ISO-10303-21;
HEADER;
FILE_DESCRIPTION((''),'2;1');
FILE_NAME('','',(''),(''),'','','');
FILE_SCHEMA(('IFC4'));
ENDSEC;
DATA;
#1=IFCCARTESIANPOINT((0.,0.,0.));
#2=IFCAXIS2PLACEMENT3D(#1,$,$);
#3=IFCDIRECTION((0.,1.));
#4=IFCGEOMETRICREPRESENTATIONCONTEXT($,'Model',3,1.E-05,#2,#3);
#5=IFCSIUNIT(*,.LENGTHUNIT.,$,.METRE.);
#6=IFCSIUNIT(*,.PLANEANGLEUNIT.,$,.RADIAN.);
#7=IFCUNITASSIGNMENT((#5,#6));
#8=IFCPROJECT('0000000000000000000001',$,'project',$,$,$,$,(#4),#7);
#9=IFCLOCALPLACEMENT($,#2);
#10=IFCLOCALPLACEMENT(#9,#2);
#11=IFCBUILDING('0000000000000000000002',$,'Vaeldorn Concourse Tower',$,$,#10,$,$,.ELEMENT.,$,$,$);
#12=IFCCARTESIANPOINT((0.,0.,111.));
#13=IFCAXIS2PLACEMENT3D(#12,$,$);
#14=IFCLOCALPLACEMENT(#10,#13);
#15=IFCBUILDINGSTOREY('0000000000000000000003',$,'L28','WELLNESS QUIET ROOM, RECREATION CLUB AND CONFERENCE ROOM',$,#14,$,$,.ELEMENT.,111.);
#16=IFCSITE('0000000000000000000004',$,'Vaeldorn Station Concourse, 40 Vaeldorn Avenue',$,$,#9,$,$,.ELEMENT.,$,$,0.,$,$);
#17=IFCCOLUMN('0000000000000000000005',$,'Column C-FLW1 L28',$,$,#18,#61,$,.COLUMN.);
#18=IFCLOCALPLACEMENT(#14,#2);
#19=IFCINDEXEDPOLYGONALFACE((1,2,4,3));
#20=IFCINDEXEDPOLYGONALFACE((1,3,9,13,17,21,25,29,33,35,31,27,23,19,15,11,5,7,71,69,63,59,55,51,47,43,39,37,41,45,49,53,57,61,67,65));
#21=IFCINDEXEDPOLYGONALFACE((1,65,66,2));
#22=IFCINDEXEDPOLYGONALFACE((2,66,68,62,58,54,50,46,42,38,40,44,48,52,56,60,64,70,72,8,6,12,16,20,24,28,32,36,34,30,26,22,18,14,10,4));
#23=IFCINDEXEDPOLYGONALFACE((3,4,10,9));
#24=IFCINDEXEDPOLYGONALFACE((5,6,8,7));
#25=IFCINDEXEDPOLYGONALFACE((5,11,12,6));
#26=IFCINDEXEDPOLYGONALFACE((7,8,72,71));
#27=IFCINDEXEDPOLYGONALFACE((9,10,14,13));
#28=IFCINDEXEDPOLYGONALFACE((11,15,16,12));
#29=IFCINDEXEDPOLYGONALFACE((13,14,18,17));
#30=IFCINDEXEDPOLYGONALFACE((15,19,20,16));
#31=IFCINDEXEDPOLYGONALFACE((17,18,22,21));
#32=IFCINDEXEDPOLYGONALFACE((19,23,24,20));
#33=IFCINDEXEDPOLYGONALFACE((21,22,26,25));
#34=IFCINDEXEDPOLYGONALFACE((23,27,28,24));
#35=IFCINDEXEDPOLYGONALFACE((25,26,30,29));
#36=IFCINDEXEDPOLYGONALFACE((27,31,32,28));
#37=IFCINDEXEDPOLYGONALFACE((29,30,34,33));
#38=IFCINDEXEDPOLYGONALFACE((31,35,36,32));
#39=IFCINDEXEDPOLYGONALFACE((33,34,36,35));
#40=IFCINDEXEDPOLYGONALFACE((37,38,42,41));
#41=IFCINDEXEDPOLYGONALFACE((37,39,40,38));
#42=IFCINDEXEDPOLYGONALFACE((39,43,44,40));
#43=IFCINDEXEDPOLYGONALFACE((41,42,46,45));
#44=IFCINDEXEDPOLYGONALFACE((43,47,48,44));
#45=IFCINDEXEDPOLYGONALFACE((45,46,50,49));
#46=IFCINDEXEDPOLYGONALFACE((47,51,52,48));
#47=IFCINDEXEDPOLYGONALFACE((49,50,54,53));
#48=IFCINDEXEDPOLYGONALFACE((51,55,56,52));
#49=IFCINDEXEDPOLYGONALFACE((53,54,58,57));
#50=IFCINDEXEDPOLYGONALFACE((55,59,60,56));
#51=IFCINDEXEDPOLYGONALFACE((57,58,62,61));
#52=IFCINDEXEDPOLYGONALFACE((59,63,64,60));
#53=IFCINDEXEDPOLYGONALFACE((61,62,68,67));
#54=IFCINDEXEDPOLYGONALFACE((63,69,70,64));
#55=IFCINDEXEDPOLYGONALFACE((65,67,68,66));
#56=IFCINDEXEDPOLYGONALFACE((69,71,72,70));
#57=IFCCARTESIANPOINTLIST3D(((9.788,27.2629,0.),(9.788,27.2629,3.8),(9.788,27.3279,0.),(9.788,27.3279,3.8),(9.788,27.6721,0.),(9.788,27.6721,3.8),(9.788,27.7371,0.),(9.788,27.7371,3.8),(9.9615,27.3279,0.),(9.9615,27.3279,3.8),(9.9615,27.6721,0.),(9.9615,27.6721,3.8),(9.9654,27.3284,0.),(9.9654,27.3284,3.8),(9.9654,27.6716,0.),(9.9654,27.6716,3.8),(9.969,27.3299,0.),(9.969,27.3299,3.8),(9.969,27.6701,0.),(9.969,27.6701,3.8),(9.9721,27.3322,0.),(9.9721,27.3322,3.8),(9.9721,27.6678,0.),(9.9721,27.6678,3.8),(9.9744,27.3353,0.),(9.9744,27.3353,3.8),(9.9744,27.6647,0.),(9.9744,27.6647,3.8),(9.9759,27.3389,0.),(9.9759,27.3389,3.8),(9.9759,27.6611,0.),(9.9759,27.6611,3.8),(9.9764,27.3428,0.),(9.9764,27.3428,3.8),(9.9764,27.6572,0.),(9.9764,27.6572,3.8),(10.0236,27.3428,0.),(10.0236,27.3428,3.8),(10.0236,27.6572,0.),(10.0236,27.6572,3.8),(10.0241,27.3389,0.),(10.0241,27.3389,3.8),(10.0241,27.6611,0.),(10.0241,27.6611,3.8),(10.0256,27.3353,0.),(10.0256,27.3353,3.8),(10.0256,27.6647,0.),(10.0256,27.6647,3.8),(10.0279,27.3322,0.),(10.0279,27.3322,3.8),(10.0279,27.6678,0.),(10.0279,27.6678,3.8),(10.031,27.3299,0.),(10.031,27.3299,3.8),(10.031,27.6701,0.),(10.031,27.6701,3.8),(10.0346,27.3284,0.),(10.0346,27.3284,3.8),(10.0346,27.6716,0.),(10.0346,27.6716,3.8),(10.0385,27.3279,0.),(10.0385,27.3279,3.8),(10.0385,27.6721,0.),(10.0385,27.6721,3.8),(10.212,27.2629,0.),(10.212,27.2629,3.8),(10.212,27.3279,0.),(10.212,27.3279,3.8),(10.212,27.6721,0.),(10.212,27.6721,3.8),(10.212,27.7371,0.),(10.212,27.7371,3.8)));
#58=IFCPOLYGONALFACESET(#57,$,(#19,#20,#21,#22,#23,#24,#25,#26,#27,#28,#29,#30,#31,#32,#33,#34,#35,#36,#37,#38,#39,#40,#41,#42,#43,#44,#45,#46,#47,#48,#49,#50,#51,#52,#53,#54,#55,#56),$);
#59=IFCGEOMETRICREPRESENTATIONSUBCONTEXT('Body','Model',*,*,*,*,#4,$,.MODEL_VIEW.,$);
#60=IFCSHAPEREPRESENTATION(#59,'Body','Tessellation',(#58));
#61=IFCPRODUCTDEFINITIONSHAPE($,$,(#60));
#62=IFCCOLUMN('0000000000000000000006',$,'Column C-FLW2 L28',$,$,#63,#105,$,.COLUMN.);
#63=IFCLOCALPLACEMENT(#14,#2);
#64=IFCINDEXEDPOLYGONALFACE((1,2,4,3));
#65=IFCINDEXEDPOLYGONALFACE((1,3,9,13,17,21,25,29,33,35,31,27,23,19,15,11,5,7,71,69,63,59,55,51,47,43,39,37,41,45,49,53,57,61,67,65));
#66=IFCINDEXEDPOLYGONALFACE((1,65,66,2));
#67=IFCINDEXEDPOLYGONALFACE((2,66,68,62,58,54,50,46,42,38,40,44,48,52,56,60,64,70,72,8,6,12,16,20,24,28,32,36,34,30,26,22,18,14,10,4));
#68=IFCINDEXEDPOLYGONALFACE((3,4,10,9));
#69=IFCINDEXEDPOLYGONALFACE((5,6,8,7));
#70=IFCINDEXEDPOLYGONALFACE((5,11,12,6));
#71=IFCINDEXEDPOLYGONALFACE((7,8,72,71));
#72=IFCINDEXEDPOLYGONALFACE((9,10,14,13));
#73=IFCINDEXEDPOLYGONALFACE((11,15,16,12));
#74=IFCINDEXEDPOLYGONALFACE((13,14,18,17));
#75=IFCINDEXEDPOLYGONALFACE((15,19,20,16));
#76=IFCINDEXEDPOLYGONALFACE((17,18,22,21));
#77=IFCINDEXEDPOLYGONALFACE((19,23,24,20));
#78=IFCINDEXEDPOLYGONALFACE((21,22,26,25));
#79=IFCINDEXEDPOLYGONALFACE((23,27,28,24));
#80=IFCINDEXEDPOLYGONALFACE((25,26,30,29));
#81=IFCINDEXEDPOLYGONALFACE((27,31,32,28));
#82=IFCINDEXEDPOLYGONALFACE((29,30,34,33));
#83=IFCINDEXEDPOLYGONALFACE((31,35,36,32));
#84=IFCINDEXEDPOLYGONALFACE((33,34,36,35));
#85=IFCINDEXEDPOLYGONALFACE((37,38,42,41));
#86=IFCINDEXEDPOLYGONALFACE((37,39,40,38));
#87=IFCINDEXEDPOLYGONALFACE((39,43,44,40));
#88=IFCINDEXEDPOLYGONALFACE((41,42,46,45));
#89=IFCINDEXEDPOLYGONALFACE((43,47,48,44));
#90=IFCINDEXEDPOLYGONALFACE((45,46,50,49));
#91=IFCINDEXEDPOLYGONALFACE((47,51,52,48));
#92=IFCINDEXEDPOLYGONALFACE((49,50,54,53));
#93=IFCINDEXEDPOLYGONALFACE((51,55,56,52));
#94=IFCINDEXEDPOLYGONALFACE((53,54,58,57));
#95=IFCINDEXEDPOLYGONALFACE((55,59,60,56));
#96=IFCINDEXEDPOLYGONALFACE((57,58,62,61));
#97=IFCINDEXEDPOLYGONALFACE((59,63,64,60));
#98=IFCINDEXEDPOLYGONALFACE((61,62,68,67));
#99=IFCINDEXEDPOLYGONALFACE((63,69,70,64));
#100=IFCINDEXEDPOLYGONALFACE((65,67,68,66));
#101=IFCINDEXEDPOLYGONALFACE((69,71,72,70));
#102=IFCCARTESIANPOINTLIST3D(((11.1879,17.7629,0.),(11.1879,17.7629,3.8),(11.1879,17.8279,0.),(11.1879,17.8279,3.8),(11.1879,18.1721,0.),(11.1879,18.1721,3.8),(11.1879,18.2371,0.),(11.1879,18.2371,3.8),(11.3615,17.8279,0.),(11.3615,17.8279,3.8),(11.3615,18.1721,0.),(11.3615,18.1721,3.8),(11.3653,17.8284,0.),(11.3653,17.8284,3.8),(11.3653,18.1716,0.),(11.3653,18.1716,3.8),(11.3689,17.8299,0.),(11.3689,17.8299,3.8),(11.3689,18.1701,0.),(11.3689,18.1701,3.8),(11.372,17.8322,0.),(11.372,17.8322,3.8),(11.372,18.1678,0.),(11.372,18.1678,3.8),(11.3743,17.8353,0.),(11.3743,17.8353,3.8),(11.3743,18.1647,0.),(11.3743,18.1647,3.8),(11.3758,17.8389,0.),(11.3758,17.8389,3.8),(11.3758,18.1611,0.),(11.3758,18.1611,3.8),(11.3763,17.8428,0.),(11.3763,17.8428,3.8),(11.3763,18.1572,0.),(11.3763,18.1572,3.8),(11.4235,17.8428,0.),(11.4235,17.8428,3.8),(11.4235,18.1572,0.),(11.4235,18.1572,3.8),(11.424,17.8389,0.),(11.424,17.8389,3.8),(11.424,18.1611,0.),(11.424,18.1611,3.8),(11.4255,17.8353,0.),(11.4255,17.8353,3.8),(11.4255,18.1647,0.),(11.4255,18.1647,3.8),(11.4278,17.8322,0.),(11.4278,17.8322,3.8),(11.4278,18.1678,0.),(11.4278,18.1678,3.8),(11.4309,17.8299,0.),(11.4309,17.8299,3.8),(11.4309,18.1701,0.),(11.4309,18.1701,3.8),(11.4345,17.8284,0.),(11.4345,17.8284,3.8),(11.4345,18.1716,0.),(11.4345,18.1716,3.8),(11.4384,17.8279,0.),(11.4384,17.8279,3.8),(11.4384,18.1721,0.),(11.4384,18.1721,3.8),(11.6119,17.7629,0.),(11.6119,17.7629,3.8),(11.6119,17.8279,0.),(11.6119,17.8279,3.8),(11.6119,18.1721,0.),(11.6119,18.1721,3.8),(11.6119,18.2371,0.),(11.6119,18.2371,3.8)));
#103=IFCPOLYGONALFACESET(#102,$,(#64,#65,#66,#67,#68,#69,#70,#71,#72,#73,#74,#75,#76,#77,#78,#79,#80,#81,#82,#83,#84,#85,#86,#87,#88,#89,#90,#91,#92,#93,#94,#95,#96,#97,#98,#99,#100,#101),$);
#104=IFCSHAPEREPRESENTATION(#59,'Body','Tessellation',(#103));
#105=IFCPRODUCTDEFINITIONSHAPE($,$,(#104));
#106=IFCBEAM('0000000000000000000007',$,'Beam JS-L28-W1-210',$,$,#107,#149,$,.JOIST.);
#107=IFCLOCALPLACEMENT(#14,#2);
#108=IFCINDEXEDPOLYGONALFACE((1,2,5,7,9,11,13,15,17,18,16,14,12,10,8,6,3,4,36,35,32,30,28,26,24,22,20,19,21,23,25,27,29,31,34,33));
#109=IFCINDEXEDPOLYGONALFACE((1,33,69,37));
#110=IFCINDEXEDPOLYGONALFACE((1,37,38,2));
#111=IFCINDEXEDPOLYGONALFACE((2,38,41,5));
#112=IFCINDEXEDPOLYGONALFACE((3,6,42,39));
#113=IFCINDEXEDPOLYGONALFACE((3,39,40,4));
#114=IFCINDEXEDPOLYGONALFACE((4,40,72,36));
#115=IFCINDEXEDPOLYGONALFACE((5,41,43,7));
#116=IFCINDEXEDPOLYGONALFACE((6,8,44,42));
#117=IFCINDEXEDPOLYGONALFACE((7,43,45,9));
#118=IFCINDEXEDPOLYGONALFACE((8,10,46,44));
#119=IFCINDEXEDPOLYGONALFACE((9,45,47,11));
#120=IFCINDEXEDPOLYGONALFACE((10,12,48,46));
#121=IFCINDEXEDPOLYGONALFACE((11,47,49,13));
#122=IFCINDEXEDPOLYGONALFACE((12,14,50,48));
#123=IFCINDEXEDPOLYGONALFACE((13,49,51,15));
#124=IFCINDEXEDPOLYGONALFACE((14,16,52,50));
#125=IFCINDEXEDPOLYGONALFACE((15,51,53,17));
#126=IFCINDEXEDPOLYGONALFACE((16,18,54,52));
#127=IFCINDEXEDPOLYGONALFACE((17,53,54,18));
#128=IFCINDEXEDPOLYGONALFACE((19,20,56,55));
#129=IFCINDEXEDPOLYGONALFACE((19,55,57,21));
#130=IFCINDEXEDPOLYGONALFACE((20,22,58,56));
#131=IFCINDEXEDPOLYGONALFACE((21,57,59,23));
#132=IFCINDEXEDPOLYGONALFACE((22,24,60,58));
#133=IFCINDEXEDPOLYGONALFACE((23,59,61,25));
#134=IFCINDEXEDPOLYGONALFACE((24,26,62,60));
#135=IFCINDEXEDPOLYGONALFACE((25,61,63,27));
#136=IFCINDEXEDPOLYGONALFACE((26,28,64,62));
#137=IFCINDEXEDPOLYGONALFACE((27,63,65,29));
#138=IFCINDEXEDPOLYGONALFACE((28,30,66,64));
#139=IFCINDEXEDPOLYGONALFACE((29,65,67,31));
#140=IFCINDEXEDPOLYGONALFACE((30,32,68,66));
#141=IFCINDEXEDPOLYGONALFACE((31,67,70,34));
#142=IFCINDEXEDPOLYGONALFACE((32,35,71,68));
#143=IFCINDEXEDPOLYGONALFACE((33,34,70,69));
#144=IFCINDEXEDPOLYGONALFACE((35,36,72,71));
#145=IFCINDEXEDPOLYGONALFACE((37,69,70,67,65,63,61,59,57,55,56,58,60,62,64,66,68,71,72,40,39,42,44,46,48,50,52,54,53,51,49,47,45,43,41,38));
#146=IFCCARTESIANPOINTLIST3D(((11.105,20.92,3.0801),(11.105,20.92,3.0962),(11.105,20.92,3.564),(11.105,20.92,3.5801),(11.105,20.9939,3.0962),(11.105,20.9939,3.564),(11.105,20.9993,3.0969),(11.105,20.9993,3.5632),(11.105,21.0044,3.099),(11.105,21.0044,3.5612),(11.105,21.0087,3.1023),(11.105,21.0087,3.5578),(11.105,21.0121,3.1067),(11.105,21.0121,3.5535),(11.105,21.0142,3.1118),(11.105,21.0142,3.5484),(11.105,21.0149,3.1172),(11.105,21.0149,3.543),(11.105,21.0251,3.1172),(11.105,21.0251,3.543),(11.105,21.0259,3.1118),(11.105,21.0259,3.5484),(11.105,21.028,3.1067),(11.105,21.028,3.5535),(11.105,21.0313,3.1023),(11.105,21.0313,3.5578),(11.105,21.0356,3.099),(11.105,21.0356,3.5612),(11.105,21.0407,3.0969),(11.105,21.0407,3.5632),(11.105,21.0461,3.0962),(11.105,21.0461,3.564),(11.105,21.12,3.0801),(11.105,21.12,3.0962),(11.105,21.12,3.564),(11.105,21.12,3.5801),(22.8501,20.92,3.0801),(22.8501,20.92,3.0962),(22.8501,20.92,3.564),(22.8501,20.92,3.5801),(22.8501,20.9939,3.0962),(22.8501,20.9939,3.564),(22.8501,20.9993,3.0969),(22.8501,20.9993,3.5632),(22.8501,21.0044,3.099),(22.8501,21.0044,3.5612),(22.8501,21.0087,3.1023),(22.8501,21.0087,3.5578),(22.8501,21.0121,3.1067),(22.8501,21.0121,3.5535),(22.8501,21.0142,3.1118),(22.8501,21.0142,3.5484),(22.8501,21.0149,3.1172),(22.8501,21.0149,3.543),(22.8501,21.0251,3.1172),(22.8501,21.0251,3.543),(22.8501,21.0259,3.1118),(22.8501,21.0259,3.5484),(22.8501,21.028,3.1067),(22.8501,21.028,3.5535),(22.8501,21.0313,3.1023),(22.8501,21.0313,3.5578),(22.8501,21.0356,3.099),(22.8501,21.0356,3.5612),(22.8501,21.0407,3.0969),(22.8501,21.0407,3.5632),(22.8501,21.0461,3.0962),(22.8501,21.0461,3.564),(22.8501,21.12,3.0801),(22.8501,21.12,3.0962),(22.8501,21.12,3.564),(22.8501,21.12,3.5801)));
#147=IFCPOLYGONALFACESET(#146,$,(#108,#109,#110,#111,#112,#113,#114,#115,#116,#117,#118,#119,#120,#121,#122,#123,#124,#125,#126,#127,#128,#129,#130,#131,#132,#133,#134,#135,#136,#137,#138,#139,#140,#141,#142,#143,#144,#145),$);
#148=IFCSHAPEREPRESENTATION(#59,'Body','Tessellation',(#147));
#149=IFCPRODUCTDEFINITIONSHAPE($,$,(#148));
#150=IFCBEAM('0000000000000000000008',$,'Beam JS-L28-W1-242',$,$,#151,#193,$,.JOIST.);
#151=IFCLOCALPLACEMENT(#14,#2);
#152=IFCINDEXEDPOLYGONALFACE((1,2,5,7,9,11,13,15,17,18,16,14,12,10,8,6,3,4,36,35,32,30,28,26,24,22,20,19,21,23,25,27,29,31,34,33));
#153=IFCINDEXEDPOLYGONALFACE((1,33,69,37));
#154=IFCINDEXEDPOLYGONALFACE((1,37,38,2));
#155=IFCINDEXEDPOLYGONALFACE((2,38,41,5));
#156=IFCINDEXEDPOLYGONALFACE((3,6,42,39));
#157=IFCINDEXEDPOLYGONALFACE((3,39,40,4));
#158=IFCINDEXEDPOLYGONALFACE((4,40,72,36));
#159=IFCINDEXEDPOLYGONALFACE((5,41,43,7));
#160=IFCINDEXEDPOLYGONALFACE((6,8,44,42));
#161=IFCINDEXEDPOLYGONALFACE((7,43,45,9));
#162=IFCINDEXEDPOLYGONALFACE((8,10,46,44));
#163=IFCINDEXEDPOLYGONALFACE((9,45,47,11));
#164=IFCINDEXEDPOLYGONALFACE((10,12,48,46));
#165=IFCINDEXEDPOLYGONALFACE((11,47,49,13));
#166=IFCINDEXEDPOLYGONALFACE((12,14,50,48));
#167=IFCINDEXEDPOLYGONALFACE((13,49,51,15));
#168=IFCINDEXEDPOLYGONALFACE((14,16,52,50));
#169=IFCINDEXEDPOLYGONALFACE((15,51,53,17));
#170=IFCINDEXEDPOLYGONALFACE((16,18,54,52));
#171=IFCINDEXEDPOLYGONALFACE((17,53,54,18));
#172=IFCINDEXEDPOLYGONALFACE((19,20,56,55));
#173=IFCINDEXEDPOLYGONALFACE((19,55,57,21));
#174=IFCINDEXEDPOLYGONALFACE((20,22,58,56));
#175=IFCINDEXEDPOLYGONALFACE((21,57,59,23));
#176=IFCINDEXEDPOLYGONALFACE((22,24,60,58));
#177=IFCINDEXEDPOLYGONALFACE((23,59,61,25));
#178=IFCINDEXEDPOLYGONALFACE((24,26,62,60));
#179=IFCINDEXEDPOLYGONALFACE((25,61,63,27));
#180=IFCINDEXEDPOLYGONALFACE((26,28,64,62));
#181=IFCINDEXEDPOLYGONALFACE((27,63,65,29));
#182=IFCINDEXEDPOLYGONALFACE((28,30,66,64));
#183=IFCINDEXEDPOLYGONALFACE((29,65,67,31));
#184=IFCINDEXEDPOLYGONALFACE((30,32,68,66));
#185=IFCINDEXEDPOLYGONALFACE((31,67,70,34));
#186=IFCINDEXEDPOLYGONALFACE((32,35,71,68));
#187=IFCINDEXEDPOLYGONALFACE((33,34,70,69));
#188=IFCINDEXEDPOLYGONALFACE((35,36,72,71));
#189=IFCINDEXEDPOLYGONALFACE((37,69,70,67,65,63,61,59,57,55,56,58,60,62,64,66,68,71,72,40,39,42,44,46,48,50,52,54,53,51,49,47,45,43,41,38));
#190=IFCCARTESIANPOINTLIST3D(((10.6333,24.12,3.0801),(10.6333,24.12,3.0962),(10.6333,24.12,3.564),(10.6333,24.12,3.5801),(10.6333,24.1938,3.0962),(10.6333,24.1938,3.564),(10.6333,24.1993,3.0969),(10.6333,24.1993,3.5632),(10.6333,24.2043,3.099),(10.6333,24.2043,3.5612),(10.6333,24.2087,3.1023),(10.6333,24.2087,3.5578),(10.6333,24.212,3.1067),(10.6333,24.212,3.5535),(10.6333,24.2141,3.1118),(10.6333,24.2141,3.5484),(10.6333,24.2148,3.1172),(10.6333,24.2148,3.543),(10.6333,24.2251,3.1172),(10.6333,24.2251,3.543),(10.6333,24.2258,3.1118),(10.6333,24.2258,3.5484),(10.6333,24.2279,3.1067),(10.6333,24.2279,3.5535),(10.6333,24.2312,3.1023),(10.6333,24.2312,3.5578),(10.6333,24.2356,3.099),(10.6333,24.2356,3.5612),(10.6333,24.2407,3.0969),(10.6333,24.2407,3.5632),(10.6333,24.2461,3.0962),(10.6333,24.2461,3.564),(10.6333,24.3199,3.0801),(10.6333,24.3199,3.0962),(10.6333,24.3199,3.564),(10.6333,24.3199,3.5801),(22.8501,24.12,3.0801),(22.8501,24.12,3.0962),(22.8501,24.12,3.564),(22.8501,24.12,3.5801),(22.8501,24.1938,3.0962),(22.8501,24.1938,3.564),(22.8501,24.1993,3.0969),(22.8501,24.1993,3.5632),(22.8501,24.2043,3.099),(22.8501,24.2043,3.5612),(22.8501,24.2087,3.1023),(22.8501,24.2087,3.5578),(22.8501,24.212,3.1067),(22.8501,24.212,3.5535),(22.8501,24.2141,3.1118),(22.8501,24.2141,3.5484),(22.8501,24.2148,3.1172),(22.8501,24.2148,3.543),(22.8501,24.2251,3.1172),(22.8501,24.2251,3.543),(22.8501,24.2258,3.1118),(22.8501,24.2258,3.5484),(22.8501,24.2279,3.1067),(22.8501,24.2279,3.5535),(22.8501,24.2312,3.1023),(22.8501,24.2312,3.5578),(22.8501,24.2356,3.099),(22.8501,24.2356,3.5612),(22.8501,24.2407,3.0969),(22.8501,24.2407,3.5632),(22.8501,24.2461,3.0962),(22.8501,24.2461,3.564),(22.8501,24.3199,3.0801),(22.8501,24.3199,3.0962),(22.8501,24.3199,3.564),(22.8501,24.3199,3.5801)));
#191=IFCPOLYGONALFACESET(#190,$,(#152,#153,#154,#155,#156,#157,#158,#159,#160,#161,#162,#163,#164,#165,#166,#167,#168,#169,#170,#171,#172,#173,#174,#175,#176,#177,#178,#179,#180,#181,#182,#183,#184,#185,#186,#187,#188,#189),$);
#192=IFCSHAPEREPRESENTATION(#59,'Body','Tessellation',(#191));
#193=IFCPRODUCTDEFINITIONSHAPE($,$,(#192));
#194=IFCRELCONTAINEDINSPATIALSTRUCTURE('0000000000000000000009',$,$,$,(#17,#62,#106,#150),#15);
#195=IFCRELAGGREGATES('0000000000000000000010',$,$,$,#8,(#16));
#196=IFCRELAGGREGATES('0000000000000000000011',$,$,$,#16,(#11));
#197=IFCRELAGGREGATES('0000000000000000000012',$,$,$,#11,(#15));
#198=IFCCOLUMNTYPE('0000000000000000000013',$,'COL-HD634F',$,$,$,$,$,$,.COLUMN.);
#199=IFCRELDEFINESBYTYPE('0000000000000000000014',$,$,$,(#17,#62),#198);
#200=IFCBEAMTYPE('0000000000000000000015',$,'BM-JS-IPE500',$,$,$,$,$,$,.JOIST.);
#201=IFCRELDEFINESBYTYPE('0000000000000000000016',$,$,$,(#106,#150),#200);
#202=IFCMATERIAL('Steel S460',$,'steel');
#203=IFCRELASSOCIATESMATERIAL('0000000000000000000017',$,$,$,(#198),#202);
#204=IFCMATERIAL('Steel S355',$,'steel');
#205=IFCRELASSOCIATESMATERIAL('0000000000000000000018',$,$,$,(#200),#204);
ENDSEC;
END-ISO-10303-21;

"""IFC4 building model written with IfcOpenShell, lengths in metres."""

from ifc_helpers import new_model, si_unit, direction, frame, origin, origin_2d, place, context, subcontext, project, spatial, i_section, extrude, source, transform, mapped, material, material_profile, profile_set, type_object, element, save


model = new_model("IFC4")

# Units and contexts
model_context = context("Model", 3, precision=1e-05, world=origin(), true_north=direction((0.0, 1.0)))
body_context = subcontext(model_context, "Body", "Model", "MODEL_VIEW")
ifc_project = project(units=[si_unit("LENGTHUNIT", "METRE"), si_unit("PLANEANGLEUNIT", "RADIAN")], contexts=[model_context])

# Site, building, storey
site_placement = place(None, origin())
site = spatial("IfcSite", under=ifc_project, at=site_placement, Name="Vaeldorn Station Concourse, 40 Vaeldorn Avenue", CompositionType="ELEMENT", RefElevation=0.0)
building_placement = place(site_placement, origin())
building = spatial("IfcBuilding", under=site, at=building_placement, Name="Vaeldorn Concourse Tower", CompositionType="ELEMENT")
storey_placement = place(building_placement, frame((0.0, 0.0, 111.0)))
storey = spatial("IfcBuildingStorey", under=building, at=storey_placement, Name="L28", Description="WELLNESS QUIET ROOM, RECREATION CLUB AND CONFERENCE ROOM", CompositionType="ELEMENT", Elevation=111.0)

# Columns
ifc_material_1 = material(Name="Steel S460", Category="steel")
ifc_material_profile_1 = material_profile(ifc_material_1, i_section(OverallWidth=0.4241, OverallDepth=0.4741, WebThickness=0.0471, FlangeThickness=0.0649, FilletRadius=0.0149, at=origin_2d()), Name="HD 400x634")
ifc_profile_set_1 = profile_set([ifc_material_profile_1], Name="Steel S460")
column_type = type_object("IfcColumnType", Name="COL-HD634F", PredefinedType="COLUMN", material=ifc_profile_set_1)
shared_shape_1 = source(origin(), body_context, "Body", "SweptSolid", [
    extrude(i_section(OverallWidth=0.4241, OverallDepth=0.4741, WebThickness=0.0471, FlangeThickness=0.0649, FilletRadius=0.0149, at=origin_2d()), origin(), (0.0, 0.0, 1.0), 3.8),
])
for number, where, z_axis, x_axis, name in (
    (1, (10.0, 27.5, 0.0), (0.0, 0.0, 1.0), (1.0, 0.0, 0.0), "Column C-FLW1 L28"),
    (2, (11.3999, 18.0, 0.0), (0.0, 0.0, 1.0), (1.0, 0.0, 0.0), "Column C-FLW2 L28"),
):
    element("IfcColumn", number, at=place(storey_placement, frame(where, z_axis=z_axis, x_axis=x_axis)), inside=storey, type_object=column_type, Name=name, PredefinedType="COLUMN", context=body_context, shape_type="MappedRepresentation", body=[
        mapped(shared_shape_1, transform((0.0, 0.0, 0.0), scale=1.0)),
    ])

# Beams
ifc_material_2 = material(Name="Steel S355", Category="steel")
ifc_material_profile_2 = material_profile(ifc_material_2, i_section(OverallWidth=0.2, OverallDepth=0.5, WebThickness=0.0103, FlangeThickness=0.0161, FilletRadius=0.021, at=origin_2d()), Name="IPE 500")
ifc_profile_set_2 = profile_set([ifc_material_profile_2], Name="Steel S355")
beam_type_1 = type_object("IfcBeamType", Name="BM-JS-IPE500", PredefinedType="JOIST", material=ifc_profile_set_2)
shared_shape_2 = source(origin(), body_context, "Body", "SweptSolid", [
    extrude(i_section(OverallWidth=0.2, OverallDepth=0.5, WebThickness=0.0103, FlangeThickness=0.0161, FilletRadius=0.021, at=origin_2d()), origin(), (0.0, 0.0, 1.0), 11.7451),
])
beam_1_placement = place(storey_placement, frame((11.105, 21.02, 3.3301), z_axis=(1.0, 0.0, 0.0), x_axis=(0.0, 1.0, 0.0)))
element("IfcBeam", 3, at=beam_1_placement, inside=storey, type_object=beam_type_1, Name="Beam JS-L28-W1-210", PredefinedType="JOIST", context=body_context, shape_type="MappedRepresentation", body=[
    mapped(shared_shape_2, transform((0.0, 0.0, 0.0), scale=1.0)),
])
shared_shape_3 = source(origin(), body_context, "Body", "SweptSolid", [
    extrude(i_section(OverallWidth=0.2, OverallDepth=0.5, WebThickness=0.0103, FlangeThickness=0.0161, FilletRadius=0.021, at=origin_2d()), origin(), (0.0, 0.0, 1.0), 12.2168),
])
beam_2_placement = place(storey_placement, frame((10.6333, 24.22, 3.3301), z_axis=(1.0, 0.0, 0.0), x_axis=(0.0, 1.0, 0.0)))
element("IfcBeam", 4, at=beam_2_placement, inside=storey, type_object=beam_type_1, Name="Beam JS-L28-W1-242", PredefinedType="JOIST", context=body_context, shape_type="MappedRepresentation", body=[
    mapped(shared_shape_3, transform((0.0, 0.0, 0.0), scale=1.0)),
])

save(model, "model.ifc")
